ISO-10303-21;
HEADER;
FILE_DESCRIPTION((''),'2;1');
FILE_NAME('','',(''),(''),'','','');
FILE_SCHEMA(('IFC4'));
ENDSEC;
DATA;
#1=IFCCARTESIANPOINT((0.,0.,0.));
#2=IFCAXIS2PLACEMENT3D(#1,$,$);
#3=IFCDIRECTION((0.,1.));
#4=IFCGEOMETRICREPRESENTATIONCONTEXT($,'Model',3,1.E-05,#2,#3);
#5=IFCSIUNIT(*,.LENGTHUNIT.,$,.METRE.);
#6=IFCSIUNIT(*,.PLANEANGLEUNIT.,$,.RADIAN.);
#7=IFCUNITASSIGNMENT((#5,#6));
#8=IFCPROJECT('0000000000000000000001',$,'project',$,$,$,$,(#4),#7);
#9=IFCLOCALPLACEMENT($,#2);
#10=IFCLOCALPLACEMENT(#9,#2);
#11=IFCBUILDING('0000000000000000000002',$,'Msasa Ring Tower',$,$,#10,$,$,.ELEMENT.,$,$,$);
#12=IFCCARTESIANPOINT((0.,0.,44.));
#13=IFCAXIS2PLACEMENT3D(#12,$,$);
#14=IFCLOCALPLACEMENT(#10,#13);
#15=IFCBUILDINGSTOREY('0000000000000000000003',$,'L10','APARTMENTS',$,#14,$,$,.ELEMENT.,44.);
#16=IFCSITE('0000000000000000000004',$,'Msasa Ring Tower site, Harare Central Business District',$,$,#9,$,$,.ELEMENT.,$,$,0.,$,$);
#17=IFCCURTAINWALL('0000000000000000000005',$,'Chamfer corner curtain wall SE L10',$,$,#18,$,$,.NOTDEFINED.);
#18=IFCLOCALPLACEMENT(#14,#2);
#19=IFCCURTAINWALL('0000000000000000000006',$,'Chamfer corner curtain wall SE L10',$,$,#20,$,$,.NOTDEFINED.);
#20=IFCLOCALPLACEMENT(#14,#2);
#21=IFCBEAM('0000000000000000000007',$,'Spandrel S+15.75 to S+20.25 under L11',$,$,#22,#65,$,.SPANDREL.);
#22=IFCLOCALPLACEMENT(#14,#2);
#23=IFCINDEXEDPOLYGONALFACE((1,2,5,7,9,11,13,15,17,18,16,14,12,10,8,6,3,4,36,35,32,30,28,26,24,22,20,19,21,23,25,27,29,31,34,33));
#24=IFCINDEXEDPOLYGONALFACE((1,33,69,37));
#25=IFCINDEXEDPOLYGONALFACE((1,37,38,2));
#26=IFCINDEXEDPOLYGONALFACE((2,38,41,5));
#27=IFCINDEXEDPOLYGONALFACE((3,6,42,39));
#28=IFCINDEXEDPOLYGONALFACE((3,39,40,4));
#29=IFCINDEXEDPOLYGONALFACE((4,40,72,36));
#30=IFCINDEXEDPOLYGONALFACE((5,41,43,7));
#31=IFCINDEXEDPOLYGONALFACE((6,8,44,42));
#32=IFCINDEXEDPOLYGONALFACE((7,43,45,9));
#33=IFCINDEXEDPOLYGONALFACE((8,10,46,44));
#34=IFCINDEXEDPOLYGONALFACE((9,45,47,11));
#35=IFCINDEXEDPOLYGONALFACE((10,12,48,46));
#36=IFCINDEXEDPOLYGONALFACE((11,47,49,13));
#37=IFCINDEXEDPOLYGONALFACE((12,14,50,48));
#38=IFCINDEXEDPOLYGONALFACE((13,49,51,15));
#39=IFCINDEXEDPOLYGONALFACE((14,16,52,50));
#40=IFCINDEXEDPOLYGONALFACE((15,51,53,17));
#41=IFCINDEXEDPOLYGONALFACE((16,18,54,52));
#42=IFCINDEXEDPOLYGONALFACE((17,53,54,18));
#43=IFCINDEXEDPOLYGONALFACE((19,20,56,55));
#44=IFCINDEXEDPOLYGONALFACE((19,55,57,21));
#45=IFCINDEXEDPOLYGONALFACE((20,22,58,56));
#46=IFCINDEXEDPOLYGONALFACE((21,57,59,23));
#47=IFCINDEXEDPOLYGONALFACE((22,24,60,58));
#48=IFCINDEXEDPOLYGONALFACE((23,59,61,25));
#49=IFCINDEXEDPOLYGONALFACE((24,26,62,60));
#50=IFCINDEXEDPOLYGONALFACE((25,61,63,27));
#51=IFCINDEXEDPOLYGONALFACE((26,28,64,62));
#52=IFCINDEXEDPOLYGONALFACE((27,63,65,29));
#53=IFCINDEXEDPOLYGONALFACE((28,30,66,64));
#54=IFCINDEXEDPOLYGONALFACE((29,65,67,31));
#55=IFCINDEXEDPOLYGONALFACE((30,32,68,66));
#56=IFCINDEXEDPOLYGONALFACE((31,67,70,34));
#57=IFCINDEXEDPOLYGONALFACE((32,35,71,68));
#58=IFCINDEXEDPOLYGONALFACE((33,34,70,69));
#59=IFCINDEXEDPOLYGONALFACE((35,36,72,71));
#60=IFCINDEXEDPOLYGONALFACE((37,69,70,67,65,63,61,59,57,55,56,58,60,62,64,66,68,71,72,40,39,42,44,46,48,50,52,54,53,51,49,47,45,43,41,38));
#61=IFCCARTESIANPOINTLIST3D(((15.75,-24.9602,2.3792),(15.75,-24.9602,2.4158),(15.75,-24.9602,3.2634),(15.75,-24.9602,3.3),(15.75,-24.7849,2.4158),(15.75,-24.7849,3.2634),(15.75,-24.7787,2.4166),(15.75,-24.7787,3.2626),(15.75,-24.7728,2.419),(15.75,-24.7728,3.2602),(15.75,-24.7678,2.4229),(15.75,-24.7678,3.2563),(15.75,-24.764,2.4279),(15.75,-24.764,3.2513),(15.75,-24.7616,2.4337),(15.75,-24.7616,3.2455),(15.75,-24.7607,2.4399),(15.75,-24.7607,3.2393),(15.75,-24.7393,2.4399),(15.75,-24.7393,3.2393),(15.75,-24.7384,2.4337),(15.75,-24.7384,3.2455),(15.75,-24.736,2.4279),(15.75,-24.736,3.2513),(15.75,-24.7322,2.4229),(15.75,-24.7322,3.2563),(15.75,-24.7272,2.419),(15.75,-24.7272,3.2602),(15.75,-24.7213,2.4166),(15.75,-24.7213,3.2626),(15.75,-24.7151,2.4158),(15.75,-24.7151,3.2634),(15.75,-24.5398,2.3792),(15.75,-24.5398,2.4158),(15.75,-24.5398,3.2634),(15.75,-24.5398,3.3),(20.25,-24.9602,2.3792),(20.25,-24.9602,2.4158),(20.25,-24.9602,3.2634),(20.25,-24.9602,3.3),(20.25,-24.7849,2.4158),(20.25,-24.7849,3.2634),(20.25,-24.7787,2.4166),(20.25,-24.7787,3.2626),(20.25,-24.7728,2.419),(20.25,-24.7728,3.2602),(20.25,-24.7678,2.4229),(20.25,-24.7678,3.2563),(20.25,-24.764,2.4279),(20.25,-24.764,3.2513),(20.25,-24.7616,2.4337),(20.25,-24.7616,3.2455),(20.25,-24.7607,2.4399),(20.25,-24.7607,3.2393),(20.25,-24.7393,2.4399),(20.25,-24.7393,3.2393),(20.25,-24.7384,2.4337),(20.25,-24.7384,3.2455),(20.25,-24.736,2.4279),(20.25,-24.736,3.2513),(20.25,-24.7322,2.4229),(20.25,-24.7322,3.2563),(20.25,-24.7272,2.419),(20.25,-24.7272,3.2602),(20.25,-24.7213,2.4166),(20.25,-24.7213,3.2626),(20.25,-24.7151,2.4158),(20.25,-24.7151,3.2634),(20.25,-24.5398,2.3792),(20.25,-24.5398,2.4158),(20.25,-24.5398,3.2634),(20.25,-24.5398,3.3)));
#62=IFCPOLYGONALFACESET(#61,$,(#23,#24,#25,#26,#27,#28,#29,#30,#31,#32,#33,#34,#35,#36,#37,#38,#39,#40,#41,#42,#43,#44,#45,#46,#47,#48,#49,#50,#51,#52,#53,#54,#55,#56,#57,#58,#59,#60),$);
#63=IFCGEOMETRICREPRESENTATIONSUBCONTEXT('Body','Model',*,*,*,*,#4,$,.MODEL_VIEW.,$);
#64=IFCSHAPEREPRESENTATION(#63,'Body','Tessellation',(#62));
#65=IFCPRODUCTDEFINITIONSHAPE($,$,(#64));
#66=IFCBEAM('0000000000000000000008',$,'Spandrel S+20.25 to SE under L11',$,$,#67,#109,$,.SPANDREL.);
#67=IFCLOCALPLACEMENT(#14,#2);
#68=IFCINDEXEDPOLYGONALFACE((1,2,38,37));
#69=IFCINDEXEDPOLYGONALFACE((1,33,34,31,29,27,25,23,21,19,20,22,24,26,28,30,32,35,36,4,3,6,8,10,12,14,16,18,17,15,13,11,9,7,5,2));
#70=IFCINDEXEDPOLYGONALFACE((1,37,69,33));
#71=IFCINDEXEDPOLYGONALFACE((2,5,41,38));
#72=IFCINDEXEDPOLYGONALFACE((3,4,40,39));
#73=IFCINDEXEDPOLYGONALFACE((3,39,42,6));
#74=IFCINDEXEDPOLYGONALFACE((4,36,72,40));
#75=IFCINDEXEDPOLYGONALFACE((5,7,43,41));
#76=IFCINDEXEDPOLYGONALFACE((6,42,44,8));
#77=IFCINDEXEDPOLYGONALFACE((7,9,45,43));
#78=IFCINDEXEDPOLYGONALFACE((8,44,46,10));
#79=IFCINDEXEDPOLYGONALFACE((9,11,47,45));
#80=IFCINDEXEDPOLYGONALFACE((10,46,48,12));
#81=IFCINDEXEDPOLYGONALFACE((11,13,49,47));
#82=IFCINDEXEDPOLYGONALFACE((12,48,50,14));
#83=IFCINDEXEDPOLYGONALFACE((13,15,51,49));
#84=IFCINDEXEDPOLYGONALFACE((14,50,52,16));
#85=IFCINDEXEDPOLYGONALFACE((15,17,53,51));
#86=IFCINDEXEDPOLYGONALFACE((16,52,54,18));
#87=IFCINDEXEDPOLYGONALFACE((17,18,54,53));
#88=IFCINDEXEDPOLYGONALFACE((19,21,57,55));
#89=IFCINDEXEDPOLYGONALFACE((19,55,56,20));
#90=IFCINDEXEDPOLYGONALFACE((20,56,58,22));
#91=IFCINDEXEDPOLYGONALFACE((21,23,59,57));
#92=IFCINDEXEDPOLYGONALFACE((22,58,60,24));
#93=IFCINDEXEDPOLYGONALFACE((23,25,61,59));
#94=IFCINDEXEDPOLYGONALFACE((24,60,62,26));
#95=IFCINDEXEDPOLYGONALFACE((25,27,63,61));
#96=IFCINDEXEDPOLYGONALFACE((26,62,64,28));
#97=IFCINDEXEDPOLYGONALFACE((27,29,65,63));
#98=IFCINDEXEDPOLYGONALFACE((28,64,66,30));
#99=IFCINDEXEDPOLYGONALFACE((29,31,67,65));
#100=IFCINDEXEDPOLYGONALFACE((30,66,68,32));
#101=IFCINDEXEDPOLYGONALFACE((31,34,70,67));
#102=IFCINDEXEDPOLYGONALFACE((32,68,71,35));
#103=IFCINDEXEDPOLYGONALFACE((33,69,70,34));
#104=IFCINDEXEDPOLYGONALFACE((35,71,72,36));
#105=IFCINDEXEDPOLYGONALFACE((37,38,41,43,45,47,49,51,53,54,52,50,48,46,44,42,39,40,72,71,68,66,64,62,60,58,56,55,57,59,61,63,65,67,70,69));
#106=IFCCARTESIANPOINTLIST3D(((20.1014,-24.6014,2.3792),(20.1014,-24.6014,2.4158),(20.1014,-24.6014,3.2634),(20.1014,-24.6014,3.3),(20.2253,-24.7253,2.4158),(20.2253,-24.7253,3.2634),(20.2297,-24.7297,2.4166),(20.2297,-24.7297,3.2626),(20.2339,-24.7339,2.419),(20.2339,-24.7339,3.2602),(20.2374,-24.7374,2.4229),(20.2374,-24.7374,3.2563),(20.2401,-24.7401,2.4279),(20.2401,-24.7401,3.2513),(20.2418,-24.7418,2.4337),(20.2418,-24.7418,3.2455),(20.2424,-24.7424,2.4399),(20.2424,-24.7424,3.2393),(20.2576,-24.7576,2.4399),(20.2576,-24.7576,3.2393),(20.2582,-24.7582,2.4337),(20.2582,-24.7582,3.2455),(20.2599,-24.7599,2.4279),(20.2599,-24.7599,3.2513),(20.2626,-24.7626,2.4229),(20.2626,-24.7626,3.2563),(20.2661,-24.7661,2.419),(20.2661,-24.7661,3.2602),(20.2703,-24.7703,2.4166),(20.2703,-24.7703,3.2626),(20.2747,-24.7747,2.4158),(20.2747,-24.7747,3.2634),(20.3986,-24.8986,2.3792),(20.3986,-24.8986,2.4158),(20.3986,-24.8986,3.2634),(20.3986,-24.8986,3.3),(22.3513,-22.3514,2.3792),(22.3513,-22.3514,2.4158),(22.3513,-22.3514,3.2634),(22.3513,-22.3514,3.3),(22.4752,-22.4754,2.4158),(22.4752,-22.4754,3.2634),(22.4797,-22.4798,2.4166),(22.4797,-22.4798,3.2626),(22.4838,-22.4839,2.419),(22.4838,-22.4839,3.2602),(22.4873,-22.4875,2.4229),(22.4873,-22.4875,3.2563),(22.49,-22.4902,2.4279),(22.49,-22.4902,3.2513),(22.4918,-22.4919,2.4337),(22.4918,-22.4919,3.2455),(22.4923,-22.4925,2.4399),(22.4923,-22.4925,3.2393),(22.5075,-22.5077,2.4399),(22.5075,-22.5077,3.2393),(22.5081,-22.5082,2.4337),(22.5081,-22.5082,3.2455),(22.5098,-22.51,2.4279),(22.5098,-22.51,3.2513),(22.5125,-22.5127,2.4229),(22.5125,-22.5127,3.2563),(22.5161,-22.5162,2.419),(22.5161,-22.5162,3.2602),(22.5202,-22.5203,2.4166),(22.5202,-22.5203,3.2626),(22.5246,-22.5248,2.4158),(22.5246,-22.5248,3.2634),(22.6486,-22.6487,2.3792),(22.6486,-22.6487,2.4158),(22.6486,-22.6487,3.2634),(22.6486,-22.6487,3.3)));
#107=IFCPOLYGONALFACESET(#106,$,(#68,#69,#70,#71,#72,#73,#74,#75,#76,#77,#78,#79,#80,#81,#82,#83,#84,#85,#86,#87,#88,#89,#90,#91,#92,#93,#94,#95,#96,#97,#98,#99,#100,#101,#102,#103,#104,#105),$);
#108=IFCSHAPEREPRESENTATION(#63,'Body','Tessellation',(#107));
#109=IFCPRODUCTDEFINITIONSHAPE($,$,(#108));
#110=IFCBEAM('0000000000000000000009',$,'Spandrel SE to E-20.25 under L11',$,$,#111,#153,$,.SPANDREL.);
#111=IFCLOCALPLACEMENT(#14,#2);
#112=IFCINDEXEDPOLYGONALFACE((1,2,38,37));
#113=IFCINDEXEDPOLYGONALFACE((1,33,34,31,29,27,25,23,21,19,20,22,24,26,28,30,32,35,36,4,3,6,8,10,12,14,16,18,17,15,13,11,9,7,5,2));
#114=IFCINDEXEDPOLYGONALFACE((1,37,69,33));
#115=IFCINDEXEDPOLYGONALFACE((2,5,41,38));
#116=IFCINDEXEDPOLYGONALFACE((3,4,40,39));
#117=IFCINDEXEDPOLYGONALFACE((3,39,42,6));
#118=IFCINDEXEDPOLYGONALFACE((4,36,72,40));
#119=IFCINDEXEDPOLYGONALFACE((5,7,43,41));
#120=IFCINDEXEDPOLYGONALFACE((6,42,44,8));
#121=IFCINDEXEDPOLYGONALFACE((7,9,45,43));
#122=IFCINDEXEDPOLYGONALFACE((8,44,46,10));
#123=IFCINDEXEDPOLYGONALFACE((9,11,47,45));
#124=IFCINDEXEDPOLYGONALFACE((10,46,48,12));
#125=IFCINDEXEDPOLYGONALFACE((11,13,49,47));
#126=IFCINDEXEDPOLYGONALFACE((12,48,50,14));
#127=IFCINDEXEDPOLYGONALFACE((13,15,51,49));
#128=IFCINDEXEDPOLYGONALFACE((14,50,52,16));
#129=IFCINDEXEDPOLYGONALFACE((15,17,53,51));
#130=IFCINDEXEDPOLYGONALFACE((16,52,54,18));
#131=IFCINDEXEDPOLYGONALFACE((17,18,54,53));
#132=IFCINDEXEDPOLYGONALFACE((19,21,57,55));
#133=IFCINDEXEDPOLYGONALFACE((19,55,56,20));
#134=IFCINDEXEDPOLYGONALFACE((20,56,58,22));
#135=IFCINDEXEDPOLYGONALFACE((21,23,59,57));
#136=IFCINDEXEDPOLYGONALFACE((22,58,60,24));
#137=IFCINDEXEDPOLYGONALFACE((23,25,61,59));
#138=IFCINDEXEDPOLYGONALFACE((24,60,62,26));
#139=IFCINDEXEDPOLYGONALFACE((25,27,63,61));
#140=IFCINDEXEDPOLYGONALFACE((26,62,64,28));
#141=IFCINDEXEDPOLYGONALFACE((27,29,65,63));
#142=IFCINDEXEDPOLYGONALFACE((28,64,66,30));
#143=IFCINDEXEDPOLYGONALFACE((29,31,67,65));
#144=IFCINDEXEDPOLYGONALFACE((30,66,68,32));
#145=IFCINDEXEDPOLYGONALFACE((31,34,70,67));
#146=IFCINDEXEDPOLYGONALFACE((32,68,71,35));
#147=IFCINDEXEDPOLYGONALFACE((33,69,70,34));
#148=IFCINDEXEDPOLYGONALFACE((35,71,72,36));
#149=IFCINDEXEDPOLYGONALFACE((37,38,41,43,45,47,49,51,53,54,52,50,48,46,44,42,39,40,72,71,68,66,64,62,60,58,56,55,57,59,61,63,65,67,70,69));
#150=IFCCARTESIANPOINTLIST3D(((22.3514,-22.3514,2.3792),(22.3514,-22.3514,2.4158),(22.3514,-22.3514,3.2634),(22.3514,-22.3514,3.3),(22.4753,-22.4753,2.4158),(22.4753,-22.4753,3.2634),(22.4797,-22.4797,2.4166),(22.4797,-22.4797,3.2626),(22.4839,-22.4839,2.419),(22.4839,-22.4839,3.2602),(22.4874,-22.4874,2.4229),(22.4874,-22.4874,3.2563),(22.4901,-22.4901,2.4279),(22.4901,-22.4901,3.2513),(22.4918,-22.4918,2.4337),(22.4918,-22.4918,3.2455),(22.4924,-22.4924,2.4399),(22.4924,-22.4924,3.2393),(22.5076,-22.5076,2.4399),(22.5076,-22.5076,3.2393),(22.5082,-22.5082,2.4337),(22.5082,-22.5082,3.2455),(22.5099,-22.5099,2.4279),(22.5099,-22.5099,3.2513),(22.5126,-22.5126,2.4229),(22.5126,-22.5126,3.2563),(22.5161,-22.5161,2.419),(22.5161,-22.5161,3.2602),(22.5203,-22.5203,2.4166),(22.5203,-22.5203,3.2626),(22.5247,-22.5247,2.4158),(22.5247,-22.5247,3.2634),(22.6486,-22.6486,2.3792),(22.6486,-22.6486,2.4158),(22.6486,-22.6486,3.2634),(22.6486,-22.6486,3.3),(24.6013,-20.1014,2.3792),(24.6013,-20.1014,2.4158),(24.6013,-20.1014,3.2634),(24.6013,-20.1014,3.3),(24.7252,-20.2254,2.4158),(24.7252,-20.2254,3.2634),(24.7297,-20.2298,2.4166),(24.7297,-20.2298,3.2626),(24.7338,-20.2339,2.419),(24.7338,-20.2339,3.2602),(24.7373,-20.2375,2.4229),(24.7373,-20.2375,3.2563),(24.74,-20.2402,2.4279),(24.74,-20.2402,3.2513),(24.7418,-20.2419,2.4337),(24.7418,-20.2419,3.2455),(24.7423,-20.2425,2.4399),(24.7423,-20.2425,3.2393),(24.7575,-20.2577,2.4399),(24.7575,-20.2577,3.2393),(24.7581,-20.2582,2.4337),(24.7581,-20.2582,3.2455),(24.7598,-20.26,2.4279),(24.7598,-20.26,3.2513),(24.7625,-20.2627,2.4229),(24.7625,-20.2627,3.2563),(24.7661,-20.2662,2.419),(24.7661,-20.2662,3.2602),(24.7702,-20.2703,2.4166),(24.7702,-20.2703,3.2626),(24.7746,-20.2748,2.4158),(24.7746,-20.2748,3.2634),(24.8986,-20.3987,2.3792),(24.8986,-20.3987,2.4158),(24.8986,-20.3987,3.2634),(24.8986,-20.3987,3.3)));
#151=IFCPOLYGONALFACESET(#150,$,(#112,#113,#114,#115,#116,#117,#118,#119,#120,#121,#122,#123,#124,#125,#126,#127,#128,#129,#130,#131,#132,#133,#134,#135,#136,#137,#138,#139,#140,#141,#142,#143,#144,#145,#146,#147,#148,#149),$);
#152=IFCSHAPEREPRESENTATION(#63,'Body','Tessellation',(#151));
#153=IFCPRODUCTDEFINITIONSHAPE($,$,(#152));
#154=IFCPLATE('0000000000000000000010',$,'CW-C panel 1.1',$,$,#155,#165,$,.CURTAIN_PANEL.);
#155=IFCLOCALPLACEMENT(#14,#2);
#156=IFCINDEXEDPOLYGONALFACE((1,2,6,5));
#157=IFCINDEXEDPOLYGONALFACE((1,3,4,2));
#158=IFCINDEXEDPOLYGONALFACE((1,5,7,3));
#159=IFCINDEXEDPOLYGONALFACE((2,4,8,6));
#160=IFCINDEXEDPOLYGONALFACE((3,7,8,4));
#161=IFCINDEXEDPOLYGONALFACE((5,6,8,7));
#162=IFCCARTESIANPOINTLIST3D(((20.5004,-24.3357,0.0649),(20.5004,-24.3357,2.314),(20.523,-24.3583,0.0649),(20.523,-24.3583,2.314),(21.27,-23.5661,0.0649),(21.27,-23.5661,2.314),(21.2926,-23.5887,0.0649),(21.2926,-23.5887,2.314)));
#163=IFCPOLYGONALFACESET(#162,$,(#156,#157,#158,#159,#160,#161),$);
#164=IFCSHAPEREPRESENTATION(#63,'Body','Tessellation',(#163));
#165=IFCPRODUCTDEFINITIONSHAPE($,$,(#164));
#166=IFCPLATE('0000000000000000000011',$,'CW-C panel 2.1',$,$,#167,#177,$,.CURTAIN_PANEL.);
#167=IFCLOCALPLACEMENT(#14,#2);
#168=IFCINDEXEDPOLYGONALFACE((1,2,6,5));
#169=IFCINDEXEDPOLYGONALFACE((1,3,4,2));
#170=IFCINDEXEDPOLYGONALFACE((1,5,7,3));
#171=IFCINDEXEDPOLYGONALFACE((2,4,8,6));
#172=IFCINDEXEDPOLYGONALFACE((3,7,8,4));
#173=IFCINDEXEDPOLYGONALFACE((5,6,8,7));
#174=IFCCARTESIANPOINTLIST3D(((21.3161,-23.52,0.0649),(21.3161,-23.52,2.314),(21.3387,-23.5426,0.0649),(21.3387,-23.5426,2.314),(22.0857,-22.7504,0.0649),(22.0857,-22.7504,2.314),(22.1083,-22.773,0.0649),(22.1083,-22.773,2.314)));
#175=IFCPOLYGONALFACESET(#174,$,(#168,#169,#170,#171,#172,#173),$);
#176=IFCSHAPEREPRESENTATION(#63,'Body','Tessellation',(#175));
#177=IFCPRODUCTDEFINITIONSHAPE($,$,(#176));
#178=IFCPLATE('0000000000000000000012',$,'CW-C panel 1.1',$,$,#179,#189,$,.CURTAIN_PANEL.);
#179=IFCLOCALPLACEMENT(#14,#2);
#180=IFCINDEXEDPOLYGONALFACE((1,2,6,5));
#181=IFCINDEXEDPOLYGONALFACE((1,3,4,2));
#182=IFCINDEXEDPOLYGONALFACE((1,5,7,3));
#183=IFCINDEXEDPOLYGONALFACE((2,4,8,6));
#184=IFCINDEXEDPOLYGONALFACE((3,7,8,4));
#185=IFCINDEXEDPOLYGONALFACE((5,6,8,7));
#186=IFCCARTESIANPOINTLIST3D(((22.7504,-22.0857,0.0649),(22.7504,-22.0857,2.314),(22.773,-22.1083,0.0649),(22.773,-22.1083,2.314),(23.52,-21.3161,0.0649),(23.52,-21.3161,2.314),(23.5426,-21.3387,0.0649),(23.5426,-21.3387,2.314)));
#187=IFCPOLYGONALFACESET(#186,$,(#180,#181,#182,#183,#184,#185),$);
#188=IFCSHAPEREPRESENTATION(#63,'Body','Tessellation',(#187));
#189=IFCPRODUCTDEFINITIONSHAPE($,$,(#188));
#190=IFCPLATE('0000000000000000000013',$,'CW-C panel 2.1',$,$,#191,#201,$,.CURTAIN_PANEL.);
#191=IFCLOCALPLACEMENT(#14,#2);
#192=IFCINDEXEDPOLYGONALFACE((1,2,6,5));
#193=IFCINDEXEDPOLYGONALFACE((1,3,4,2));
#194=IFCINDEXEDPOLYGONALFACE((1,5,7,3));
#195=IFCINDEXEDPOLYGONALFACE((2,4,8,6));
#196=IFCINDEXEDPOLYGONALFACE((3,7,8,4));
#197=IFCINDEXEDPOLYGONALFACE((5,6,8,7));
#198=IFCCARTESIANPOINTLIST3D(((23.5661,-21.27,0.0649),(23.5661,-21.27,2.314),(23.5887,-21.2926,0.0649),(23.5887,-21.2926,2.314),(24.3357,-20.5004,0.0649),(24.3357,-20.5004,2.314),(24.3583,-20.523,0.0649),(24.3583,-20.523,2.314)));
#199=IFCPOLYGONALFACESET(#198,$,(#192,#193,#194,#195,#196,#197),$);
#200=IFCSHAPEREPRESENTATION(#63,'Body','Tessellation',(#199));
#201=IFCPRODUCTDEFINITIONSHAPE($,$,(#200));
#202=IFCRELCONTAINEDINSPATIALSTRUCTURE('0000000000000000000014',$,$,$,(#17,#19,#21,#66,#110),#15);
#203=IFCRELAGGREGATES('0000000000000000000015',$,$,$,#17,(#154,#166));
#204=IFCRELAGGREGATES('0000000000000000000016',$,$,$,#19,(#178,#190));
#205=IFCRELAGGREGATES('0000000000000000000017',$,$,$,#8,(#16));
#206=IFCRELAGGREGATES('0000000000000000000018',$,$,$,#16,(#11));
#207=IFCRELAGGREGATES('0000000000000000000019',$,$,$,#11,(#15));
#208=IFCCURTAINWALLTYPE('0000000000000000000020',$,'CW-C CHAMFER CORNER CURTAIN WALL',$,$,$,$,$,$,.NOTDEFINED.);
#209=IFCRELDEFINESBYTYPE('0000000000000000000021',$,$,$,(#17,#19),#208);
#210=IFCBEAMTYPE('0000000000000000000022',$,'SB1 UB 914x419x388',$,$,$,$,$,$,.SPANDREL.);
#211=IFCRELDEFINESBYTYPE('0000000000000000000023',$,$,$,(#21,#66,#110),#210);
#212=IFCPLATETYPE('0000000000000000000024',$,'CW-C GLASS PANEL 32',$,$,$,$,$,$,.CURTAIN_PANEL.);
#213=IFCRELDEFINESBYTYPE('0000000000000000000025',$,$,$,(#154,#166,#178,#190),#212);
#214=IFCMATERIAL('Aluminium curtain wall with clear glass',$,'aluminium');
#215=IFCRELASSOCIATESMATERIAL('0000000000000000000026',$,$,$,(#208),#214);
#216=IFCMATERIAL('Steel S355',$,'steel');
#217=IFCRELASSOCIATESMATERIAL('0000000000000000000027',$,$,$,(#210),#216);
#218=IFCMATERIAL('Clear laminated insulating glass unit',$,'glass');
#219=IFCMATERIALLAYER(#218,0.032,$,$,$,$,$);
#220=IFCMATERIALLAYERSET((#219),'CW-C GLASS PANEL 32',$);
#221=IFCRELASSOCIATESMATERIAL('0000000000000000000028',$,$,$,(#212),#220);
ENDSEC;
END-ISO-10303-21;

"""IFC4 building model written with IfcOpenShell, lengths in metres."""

from ifc_helpers import new_model, si_unit, direction, frame, origin, origin_2d, place, context, subcontext, project, spatial, rectangle, i_section, extrude, material, layer, layer_set, material_profile, profile_set, type_object, element, aggregate, save


model = new_model("IFC4")

# Units and contexts
model_context = context("Model", 3, precision=1e-05, world=origin(), true_north=direction((0.0, 1.0)))
body_context = subcontext(model_context, "Body", "Model", "MODEL_VIEW")
ifc_project = project(units=[si_unit("LENGTHUNIT", "METRE"), si_unit("PLANEANGLEUNIT", "RADIAN")], contexts=[model_context])

# Site, building, storey
site_placement = place(None, origin())
site = spatial("IfcSite", under=ifc_project, at=site_placement, Name="Msasa Ring Tower site, Harare Central Business District", CompositionType="ELEMENT", RefElevation=0.0)
building_placement = place(site_placement, origin())
building = spatial("IfcBuilding", under=site, at=building_placement, Name="Msasa Ring Tower", CompositionType="ELEMENT")
storey_placement = place(building_placement, frame((0.0, 0.0, 44.0)))
storey = spatial("IfcBuildingStorey", under=building, at=storey_placement, Name="L10", Description="APARTMENTS", CompositionType="ELEMENT", Elevation=44.0)

# Curtain walls
ifc_material_1 = material(Name="Aluminium curtain wall with clear glass", Category="aluminium")
curtain_wall_type = type_object("IfcCurtainWallType", Name="CW-C CHAMFER CORNER CURTAIN WALL", PredefinedType="NOTDEFINED", material=ifc_material_1)
curtain_wall_1_placement = place(storey_placement, origin())
curtain_wall_1 = element("IfcCurtainWall", 1, at=curtain_wall_1_placement, inside=storey, type_object=curtain_wall_type, Name="Chamfer corner curtain wall SE L10", PredefinedType="NOTDEFINED")
curtain_wall_2_placement = place(storey_placement, origin())
curtain_wall_2 = element("IfcCurtainWall", 2, at=curtain_wall_2_placement, inside=storey, type_object=curtain_wall_type, Name="Chamfer corner curtain wall SE L10", PredefinedType="NOTDEFINED")

# Beams
ifc_material_2 = material(Name="Steel S355", Category="steel")
ifc_material_profile_1 = material_profile(ifc_material_2, i_section(OverallWidth=0.4204, OverallDepth=0.9209, WebThickness=0.0215, FlangeThickness=0.0366, FilletRadius=0.0242, at=origin_2d()), Name="UB 914x419x388")
ifc_profile_set_1 = profile_set([ifc_material_profile_1], Name="Steel S355")
beam_type_1 = type_object("IfcBeamType", Name="SB1 UB 914x419x388", PredefinedType="SPANDREL", material=ifc_profile_set_1)
beam_1_placement = place(storey_placement, frame((15.75, -24.75, 2.8396), z_axis=(1.0, 0.0, 0.0), x_axis=(0.0, 1.0, 0.0)))
element("IfcBeam", 3, at=beam_1_placement, inside=storey, type_object=beam_type_1, Name="Spandrel S+15.75 to S+20.25 under L11", PredefinedType="SPANDREL", context=body_context, shape_type="SweptSolid", body=[
    extrude(i_section(OverallWidth=0.4204, OverallDepth=0.9209, WebThickness=0.0215, FlangeThickness=0.0366, FilletRadius=0.0242, at=origin_2d()), origin(), (0.0, 0.0, 1.0), 4.5),
])
for number, where, z_axis, x_axis, name in (
    (4, (20.25, -24.75, 2.8396), (0.707107, 0.707107, 0.0), (-0.707107, 0.707107, 0.0), "Spandrel S+20.25 to SE under L11"),
    (5, (22.5, -22.5, 2.8396), (0.707107, 0.707107, 0.0), (-0.707107, 0.707107, 0.0), "Spandrel SE to E-20.25 under L11"),
):
    element("IfcBeam", number, at=place(storey_placement, frame(where, z_axis=z_axis, x_axis=x_axis)), inside=storey, type_object=beam_type_1, Name=name, PredefinedType="SPANDREL", context=body_context, shape_type="SweptSolid", body=[
        extrude(i_section(OverallWidth=0.4204, OverallDepth=0.9209, WebThickness=0.0215, FlangeThickness=0.0366, FilletRadius=0.0242, at=origin_2d()), origin(), (0.0, 0.0, 1.0), 3.1819),
    ])

# Plates
ifc_material_3 = material(Name="Clear laminated insulating glass unit", Category="glass")
ifc_layer_1 = layer(ifc_material_3, 0.032)
ifc_layer_set_1 = layer_set([ifc_layer_1], Name="CW-C GLASS PANEL 32")
plate_type = type_object("IfcPlateType", Name="CW-C GLASS PANEL 32", PredefinedType="CURTAIN_PANEL", material=ifc_layer_set_1)
plate_1_placement = place(storey_placement, frame((20.8965, -23.9622, 0.0649), z_axis=(0.0, 0.0, 1.0), x_axis=(0.707107, 0.707107, 0.0)))
plate_1 = element("IfcPlate", 6, at=plate_1_placement, type_object=plate_type, Name="CW-C panel 1.1", PredefinedType="CURTAIN_PANEL", context=body_context, shape_type="SweptSolid", body=[
    extrude(rectangle(XDim=1.0884, YDim=0.032, at=origin_2d()), origin(), (0.0, 0.0, 1.0), 2.249),
])
plate_2_placement = place(storey_placement, frame((21.7122, -23.1465, 0.0649), z_axis=(0.0, 0.0, 1.0), x_axis=(0.707107, 0.707107, 0.0)))
plate_2 = element("IfcPlate", 7, at=plate_2_placement, type_object=plate_type, Name="CW-C panel 2.1", PredefinedType="CURTAIN_PANEL", context=body_context, shape_type="SweptSolid", body=[
    extrude(rectangle(XDim=1.0884, YDim=0.032, at=origin_2d()), origin(), (0.0, 0.0, 1.0), 2.249),
])
aggregate(curtain_wall_1, [plate_1, plate_2])
plate_3_placement = place(storey_placement, frame((23.1465, -21.7122, 0.0649), z_axis=(0.0, 0.0, 1.0), x_axis=(0.707107, 0.707107, 0.0)))
plate_3 = element("IfcPlate", 8, at=plate_3_placement, type_object=plate_type, Name="CW-C panel 1.1", PredefinedType="CURTAIN_PANEL", context=body_context, shape_type="SweptSolid", body=[
    extrude(rectangle(XDim=1.0884, YDim=0.032, at=origin_2d()), origin(), (0.0, 0.0, 1.0), 2.249),
])
plate_4_placement = place(storey_placement, frame((23.9622, -20.8965, 0.0649), z_axis=(0.0, 0.0, 1.0), x_axis=(0.707107, 0.707107, 0.0)))
plate_4 = element("IfcPlate", 9, at=plate_4_placement, type_object=plate_type, Name="CW-C panel 2.1", PredefinedType="CURTAIN_PANEL", context=body_context, shape_type="SweptSolid", body=[
    extrude(rectangle(XDim=1.0884, YDim=0.032, at=origin_2d()), origin(), (0.0, 0.0, 1.0), 2.249),
])
aggregate(curtain_wall_2, [plate_3, plate_4])

save(model, "model.ifc")
